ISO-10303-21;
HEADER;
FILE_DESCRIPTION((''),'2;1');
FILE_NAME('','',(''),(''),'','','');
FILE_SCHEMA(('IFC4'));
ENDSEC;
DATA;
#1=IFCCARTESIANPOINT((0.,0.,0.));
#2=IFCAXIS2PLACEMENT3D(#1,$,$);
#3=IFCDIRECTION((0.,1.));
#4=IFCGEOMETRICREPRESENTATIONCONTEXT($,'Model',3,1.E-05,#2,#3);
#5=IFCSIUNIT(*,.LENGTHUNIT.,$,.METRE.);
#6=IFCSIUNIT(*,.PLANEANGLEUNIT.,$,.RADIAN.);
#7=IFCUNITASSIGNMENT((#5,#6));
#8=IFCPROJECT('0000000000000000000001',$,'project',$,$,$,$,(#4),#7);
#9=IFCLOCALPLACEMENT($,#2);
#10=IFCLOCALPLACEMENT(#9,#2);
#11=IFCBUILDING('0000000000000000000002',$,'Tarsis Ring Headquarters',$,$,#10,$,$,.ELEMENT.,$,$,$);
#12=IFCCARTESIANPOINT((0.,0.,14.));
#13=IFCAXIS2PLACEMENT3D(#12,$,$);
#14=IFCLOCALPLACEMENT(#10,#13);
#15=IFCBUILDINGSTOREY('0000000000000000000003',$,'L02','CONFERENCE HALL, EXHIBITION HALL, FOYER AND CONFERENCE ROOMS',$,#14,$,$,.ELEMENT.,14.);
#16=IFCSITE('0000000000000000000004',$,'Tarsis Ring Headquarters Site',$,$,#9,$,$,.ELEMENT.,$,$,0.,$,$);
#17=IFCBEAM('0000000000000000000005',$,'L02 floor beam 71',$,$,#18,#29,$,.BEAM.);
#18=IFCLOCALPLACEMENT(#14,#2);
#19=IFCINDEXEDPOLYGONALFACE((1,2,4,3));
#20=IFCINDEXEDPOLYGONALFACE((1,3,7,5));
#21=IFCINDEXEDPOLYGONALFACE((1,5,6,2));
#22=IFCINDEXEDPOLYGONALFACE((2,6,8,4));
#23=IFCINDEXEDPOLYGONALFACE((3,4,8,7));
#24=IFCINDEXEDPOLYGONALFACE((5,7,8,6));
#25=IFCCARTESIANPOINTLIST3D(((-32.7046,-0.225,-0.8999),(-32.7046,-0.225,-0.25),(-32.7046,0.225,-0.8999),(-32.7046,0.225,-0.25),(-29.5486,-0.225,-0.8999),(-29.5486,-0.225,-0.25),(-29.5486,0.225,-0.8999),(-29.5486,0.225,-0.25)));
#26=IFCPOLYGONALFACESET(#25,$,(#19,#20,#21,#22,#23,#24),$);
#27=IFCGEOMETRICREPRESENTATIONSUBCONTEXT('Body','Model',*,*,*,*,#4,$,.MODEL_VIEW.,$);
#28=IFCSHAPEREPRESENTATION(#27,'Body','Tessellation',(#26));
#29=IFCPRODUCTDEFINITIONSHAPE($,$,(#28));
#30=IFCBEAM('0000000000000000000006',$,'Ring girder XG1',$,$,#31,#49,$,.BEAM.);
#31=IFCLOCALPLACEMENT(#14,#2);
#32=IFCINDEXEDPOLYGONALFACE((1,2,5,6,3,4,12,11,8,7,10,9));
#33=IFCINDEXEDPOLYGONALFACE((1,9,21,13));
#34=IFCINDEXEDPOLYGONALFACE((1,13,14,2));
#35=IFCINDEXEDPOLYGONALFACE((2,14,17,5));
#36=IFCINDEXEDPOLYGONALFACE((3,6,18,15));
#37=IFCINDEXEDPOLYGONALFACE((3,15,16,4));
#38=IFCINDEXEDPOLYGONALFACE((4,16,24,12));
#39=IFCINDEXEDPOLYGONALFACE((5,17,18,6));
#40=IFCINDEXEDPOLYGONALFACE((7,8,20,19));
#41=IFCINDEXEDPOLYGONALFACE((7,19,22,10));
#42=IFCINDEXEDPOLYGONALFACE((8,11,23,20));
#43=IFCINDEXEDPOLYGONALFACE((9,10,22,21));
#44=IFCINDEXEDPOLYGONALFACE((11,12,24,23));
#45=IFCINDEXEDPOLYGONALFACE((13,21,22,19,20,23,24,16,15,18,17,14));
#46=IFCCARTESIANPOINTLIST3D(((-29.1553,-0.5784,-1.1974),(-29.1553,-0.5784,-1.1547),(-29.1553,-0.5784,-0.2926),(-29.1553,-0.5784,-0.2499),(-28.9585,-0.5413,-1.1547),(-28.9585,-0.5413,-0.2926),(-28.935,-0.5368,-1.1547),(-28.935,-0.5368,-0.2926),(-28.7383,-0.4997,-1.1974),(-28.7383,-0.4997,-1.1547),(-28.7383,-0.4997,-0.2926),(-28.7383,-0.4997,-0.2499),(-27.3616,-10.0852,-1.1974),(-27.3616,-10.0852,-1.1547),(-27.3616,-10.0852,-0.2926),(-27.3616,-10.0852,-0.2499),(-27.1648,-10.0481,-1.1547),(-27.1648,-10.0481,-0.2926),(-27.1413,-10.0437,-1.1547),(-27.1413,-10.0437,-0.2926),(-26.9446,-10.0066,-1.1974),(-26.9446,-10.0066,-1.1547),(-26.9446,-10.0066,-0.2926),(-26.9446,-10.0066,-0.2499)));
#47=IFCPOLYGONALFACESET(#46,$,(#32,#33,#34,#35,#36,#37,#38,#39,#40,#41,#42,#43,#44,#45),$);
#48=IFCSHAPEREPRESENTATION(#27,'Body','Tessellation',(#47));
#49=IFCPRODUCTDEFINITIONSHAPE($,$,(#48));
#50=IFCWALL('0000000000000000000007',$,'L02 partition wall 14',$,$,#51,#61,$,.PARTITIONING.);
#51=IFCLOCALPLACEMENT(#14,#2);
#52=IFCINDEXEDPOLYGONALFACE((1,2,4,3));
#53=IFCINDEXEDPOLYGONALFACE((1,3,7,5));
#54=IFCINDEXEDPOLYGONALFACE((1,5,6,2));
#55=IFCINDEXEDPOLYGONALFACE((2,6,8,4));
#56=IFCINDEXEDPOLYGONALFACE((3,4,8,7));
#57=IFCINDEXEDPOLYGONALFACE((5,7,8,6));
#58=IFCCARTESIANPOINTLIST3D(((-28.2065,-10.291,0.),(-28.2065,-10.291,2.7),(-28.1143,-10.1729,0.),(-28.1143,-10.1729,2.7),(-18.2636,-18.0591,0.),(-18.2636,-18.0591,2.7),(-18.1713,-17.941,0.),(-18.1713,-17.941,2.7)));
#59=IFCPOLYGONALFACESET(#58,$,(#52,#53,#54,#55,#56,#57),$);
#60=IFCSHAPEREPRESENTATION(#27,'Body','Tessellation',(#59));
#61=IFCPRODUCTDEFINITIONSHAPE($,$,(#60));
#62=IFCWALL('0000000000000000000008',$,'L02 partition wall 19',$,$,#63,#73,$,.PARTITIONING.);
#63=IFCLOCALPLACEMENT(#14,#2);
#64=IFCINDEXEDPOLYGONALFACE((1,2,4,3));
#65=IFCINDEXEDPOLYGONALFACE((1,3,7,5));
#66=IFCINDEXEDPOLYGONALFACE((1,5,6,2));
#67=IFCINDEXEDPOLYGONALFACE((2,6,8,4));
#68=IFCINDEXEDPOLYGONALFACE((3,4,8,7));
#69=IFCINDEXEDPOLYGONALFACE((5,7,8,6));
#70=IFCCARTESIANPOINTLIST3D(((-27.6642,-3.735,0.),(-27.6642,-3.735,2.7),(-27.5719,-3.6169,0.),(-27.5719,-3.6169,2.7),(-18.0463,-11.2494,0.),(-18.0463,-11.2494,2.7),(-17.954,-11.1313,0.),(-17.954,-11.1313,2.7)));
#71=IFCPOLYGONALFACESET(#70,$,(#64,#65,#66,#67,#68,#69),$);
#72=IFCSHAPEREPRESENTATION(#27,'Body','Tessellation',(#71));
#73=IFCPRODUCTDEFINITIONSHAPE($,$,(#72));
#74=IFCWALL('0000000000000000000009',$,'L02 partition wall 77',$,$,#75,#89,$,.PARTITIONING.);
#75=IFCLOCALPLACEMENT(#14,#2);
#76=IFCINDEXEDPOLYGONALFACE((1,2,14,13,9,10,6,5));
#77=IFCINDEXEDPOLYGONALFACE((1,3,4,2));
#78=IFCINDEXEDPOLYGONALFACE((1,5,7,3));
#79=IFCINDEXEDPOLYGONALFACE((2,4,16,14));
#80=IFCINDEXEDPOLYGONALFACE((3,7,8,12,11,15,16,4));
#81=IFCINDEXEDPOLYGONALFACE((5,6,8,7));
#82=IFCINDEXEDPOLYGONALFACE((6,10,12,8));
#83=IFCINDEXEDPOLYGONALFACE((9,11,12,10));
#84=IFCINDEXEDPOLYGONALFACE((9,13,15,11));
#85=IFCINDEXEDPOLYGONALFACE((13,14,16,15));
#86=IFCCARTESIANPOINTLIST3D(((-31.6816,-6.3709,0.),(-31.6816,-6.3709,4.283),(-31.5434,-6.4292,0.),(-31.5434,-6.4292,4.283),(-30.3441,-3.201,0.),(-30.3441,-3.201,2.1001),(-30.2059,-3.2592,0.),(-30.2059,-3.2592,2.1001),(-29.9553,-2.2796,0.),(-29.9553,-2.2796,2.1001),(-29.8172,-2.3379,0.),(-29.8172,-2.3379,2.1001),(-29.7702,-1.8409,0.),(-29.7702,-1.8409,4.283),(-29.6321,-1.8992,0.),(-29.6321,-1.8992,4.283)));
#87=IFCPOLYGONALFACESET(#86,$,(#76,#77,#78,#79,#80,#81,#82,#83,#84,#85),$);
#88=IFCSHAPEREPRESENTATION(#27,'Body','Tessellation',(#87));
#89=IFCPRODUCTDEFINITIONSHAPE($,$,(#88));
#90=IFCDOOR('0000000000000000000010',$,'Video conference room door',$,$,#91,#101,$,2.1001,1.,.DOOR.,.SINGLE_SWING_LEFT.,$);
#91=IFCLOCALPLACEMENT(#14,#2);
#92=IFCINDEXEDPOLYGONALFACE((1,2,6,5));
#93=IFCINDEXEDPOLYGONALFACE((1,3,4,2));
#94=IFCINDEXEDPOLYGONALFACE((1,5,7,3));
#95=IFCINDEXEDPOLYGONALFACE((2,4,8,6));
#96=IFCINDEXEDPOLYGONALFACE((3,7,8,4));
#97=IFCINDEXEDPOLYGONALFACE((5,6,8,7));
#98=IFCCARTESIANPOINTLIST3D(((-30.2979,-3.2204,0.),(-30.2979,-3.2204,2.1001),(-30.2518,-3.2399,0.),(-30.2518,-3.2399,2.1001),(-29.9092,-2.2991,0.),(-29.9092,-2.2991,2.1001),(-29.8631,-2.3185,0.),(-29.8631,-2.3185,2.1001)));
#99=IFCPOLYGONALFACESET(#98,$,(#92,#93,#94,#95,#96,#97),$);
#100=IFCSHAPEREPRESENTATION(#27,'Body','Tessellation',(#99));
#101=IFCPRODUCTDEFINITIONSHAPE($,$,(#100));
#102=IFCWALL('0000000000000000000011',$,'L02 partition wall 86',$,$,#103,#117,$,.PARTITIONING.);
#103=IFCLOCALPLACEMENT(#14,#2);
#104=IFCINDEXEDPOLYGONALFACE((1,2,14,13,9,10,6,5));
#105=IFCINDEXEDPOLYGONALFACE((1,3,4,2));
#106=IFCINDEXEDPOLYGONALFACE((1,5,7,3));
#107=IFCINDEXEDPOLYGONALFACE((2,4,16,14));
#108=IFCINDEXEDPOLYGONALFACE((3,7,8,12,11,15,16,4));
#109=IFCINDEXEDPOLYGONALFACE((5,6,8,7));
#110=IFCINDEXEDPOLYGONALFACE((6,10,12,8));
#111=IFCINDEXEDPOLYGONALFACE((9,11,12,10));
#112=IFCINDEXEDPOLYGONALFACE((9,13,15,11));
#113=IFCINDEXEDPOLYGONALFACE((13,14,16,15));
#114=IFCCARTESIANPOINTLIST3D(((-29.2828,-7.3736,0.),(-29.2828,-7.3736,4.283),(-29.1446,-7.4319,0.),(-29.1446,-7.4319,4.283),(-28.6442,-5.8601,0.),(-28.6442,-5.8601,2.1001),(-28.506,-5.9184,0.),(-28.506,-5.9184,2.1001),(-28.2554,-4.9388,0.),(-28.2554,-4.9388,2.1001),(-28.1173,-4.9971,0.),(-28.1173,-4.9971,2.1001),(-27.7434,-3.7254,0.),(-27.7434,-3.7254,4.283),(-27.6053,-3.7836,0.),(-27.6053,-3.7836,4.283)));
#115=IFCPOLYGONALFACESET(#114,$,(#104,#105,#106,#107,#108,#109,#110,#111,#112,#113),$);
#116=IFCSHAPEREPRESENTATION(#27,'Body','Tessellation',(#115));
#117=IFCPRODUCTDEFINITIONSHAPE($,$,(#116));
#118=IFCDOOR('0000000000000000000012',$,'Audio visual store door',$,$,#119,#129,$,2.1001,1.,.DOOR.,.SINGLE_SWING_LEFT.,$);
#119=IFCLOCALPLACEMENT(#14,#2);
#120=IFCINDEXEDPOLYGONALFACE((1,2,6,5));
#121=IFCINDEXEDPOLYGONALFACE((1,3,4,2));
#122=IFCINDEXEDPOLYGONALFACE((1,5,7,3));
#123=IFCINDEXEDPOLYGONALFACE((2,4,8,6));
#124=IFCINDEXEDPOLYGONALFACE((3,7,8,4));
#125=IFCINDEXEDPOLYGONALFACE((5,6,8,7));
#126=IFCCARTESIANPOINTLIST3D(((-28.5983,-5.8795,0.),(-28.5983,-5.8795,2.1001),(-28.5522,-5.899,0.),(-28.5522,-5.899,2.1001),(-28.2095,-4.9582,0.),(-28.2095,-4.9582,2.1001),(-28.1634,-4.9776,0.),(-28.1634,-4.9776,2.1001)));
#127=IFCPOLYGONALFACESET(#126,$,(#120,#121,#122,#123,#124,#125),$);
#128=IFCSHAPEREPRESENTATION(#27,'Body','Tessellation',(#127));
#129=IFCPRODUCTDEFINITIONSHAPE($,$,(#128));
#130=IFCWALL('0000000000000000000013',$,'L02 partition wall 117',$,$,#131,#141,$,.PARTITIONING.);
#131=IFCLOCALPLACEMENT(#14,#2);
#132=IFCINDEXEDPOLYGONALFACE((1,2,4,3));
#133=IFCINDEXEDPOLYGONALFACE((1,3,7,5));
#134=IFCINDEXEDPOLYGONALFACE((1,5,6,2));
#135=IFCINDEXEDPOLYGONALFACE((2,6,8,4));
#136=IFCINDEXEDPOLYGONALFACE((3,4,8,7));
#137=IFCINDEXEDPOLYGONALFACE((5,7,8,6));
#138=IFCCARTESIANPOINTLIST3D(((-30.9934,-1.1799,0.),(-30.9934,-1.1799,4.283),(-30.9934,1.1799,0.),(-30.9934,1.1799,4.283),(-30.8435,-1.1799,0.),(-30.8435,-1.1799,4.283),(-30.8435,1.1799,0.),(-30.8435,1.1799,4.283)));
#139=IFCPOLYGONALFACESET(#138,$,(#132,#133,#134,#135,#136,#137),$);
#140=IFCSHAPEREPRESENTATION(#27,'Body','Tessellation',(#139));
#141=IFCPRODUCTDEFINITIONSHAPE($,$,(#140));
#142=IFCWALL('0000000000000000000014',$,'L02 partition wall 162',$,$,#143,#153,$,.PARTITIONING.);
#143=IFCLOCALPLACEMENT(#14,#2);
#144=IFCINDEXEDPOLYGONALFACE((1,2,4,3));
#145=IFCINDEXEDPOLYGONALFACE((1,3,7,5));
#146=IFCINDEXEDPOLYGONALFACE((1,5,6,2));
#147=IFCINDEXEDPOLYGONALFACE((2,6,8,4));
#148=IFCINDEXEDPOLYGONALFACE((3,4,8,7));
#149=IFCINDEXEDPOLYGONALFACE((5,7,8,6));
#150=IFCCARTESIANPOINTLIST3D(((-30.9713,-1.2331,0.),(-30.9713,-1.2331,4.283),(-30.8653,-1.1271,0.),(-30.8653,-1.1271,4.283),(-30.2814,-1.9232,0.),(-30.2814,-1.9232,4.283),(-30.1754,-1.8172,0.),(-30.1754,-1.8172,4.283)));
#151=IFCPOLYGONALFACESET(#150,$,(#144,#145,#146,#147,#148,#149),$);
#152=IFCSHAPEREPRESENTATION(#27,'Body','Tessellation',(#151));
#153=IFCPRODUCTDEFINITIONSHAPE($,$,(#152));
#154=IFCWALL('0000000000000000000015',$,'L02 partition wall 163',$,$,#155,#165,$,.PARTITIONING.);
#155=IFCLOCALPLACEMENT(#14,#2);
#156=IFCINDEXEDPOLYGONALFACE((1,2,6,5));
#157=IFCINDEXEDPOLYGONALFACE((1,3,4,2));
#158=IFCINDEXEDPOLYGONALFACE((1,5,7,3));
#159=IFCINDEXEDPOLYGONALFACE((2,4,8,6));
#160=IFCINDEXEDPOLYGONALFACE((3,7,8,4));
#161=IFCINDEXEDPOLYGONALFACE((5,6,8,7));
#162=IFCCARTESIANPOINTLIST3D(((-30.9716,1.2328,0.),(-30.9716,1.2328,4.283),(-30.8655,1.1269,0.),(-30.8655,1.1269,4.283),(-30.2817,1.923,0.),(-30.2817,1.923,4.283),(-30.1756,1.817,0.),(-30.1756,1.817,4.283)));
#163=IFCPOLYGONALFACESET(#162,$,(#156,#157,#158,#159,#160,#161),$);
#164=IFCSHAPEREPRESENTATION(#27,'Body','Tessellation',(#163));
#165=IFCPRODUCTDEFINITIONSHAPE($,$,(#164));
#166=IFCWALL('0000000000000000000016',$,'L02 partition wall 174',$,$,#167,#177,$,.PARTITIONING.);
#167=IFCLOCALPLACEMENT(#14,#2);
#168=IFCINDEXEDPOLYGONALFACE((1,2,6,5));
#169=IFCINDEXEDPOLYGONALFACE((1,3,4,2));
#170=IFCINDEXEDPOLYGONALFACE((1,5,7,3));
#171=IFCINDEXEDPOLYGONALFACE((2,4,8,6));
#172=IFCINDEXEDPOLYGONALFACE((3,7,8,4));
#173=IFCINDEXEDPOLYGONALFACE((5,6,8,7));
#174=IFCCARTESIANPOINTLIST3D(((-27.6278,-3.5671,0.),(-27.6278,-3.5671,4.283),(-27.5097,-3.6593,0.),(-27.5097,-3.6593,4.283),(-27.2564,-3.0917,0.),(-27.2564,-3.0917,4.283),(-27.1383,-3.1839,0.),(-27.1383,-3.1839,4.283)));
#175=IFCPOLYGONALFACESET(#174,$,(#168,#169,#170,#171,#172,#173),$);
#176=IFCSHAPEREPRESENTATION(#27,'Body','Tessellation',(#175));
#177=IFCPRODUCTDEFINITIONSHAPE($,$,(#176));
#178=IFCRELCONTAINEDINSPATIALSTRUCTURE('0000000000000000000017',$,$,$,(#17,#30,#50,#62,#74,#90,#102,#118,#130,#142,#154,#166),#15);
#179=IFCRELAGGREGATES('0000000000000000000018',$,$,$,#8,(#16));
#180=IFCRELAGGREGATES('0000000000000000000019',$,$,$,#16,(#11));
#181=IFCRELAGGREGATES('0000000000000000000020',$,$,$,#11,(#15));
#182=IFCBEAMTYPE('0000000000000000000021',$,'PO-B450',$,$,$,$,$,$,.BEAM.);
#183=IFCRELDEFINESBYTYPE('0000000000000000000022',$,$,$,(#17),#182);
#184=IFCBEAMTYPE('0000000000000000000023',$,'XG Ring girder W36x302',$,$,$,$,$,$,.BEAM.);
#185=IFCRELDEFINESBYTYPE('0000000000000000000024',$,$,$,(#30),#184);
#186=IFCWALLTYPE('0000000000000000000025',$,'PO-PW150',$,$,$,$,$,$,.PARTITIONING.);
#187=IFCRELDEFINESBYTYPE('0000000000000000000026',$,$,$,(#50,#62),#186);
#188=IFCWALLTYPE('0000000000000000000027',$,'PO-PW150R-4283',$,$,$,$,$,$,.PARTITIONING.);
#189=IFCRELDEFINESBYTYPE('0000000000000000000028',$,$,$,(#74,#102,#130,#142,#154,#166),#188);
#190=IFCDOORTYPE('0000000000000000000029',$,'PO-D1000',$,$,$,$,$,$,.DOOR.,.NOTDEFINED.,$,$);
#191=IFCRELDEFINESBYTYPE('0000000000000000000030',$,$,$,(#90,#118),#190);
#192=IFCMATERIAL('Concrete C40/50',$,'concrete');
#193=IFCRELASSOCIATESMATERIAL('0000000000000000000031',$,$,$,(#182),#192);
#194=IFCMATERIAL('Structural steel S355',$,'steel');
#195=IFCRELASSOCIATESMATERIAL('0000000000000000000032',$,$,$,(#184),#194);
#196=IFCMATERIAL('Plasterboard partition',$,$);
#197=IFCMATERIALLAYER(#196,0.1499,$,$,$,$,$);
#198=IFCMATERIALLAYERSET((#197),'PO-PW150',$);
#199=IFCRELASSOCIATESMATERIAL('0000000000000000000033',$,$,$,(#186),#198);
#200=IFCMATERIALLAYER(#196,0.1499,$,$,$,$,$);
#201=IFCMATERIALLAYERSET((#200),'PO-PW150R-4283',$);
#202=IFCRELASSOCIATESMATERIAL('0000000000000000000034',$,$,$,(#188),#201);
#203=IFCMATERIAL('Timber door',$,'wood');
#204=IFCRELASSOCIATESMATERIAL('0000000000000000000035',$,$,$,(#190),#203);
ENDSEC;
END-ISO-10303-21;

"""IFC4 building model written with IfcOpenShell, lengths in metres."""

from ifc_helpers import new_model, si_unit, direction, frame, frame_2d, origin, origin_2d, place, context, subcontext, project, spatial, rectangle, i_section, extrude, material, layer, layer_set, material_profile, profile_set, type_object, element, fill, save


model = new_model("IFC4")

# Units and contexts
model_context = context("Model", 3, precision=1e-05, world=origin(), true_north=direction((0.0, 1.0)))
body_context = subcontext(model_context, "Body", "Model", "MODEL_VIEW")
ifc_project = project(units=[si_unit("LENGTHUNIT", "METRE"), si_unit("PLANEANGLEUNIT", "RADIAN")], contexts=[model_context])

# Site, building, storey
site_placement = place(None, origin())
site = spatial("IfcSite", under=ifc_project, at=site_placement, Name="Tarsis Ring Headquarters Site", CompositionType="ELEMENT", RefElevation=0.0)
building_placement = place(site_placement, origin())
building = spatial("IfcBuilding", under=site, at=building_placement, Name="Tarsis Ring Headquarters", CompositionType="ELEMENT")
storey_placement = place(building_placement, frame((0.0, 0.0, 14.0)))
storey = spatial("IfcBuildingStorey", under=building, at=storey_placement, Name="L02", Description="CONFERENCE HALL, EXHIBITION HALL, FOYER AND CONFERENCE ROOMS", CompositionType="ELEMENT", Elevation=14.0)

# Beams
ifc_material_1 = material(Name="Concrete C40/50", Category="concrete")
ifc_material_profile_1 = material_profile(ifc_material_1, rectangle(XDim=0.45, YDim=0.6499, at=origin_2d()), Name="PO-B450")
ifc_profile_set_1 = profile_set([ifc_material_profile_1], Name="Concrete C40/50")
beam_type_1 = type_object("IfcBeamType", Name="PO-B450", PredefinedType="BEAM", material=ifc_profile_set_1)
beam_1_placement = place(storey_placement, frame((-32.7046, 0.0, -0.575), z_axis=(1.0, 0.0, 0.0), x_axis=(0.0, 1.0, 0.0)))
element("IfcBeam", 1, at=beam_1_placement, inside=storey, type_object=beam_type_1, Name="L02 floor beam 71", PredefinedType="BEAM", context=body_context, shape_type="SweptSolid", body=[
    extrude(rectangle(XDim=0.45, YDim=0.6499, at=origin_2d()), origin(), (0.0, 0.0, 1.0), 3.156),
])
ifc_material_2 = material(Name="Structural steel S355", Category="steel")
ifc_material_profile_2 = material_profile(ifc_material_2, i_section(OverallWidth=0.4243, OverallDepth=0.9475, WebThickness=0.0239, FlangeThickness=0.0427, at=origin_2d()), Name="W36x302")
ifc_profile_set_2 = profile_set([ifc_material_profile_2], Name="Structural steel S355")
beam_type_2 = type_object("IfcBeamType", Name="XG Ring girder W36x302", PredefinedType="BEAM", material=ifc_profile_set_2)
beam_2_placement = place(storey_placement, frame((-28.9468, -0.5391, -0.7236), z_axis=(0.185404, -0.982662, 0.0), x_axis=(0.982662, 0.185404, 0.0)))
element("IfcBeam", 2, at=beam_2_placement, inside=storey, type_object=beam_type_2, Name="Ring girder XG1", PredefinedType="BEAM", context=body_context, shape_type="SweptSolid", body=[
    extrude(i_section(OverallWidth=0.4243, OverallDepth=0.9475, WebThickness=0.0239, FlangeThickness=0.0427, at=origin_2d()), origin(), (0.0, 0.0, 1.0), 9.6746),
])

# Walls
ifc_material_3 = material(Name="Plasterboard partition")
ifc_layer_1 = layer(ifc_material_3, 0.1499)
ifc_layer_set_1 = layer_set([ifc_layer_1], Name="PO-PW150")
wall_type_1 = type_object("IfcWallType", Name="PO-PW150", PredefinedType="PARTITIONING", material=ifc_layer_set_1)
wall_1_placement = place(storey_placement, frame((-28.1604, -10.2319, 0.0), z_axis=(0.0, 0.0, 1.0), x_axis=(0.788017, -0.615654, 0.0)))
element("IfcWall", 3, at=wall_1_placement, inside=storey, type_object=wall_type_1, Name="L02 partition wall 14", PredefinedType="PARTITIONING", context=body_context, shape_type="SweptSolid", body=[
    extrude(rectangle(XDim=12.6177, YDim=0.1499, at=frame_2d((6.3088, 0.0))), origin(), (0.0, 0.0, 1.0), 2.7),
])
wall_2_placement = place(storey_placement, frame((-27.6179, -3.676, 0.0), z_axis=(0.0, 0.0, 1.0), x_axis=(0.788008, -0.615665, 0.0)))
element("IfcWall", 4, at=wall_2_placement, inside=storey, type_object=wall_type_1, Name="L02 partition wall 19", PredefinedType="PARTITIONING", context=body_context, shape_type="SweptSolid", body=[
    extrude(rectangle(XDim=12.2053, YDim=0.1499, at=frame_2d((6.1025, 0.0))), origin(), (0.0, 0.0, 1.0), 2.7),
])

# Walls, openings, doors
ifc_layer_2 = layer(ifc_material_3, 0.1499)
ifc_layer_set_2 = layer_set([ifc_layer_2], Name="PO-PW150R-4283")
wall_type_2 = type_object("IfcWallType", Name="PO-PW150R-4283", PredefinedType="PARTITIONING", material=ifc_layer_set_2)
wall_3_placement = place(storey_placement, frame((-31.6125, -6.4001, 0.0), z_axis=(0.0, 0.0, 1.0), x_axis=(0.388747, 0.921344, 0.0)))
wall_3 = element("IfcWall", 5, at=wall_3_placement, inside=storey, type_object=wall_type_2, Name="L02 partition wall 77", PredefinedType="PARTITIONING", context=body_context, shape_type="SweptSolid", body=[
    extrude(rectangle(XDim=4.9167, YDim=0.1499, at=frame_2d((2.4585, 0.0))), origin(), (0.0, 0.0, 1.0), 4.283),
])
opening_1_placement = place(wall_3_placement, frame((3.4407, 0.0, 0.0)))
opening_1 = element("IfcOpeningElement", 6, at=opening_1_placement, cuts=wall_3, PredefinedType="OPENING", context=body_context, shape_type="SweptSolid", body=[
    extrude(rectangle(XDim=1.0, YDim=2.1001, at=frame_2d((0.5, 1.05))), frame((0.0, 0.085, 0.0), z_axis=(0.0, -1.0, 0.0), x_axis=(1.0, 0.0, 0.0)), (0.0, 0.0, 1.0), 0.1699),
])
ifc_material_4 = material(Name="Timber door", Category="wood")
door_type = type_object("IfcDoorType", Name="PO-D1000", OperationType="NOTDEFINED", PredefinedType="DOOR", material=ifc_material_4)
door_1_placement = place(opening_1_placement, origin())
door_1 = element("IfcDoor", 7, at=door_1_placement, inside=storey, type_object=door_type, Name="Video conference room door", OperationType="SINGLE_SWING_LEFT", OverallHeight=2.1001, OverallWidth=1.0, PredefinedType="DOOR", context=body_context, shape_type="SweptSolid", body=[
    extrude(rectangle(XDim=1.0, YDim=2.1001, at=frame_2d((0.5, 1.05))), frame((0.0, 0.0249, 0.0), z_axis=(0.0, -1.0, 0.0), x_axis=(1.0, 0.0, 0.0)), (0.0, 0.0, 1.0), 0.05),
])
fill(opening_1, door_1)
wall_4_placement = place(storey_placement, frame((-27.6743, -3.7544, 0.0), z_axis=(0.0, 0.0, 1.0), x_axis=(-0.388749, -0.921344, 0.0)))
wall_4 = element("IfcWall", 8, at=wall_4_placement, inside=storey, type_object=wall_type_2, Name="L02 partition wall 86", PredefinedType="PARTITIONING", context=body_context, shape_type="SweptSolid", body=[
    extrude(rectangle(XDim=3.9597, YDim=0.1499, at=frame_2d((1.98, 0.0))), origin(), (0.0, 0.0, 1.0), 4.283),
])
opening_2_placement = place(wall_4_placement, frame((1.3171, 0.0, 0.0)))
opening_2 = element("IfcOpeningElement", 9, at=opening_2_placement, cuts=wall_4, PredefinedType="OPENING", context=body_context, shape_type="SweptSolid", body=[
    extrude(rectangle(XDim=1.0, YDim=2.1001, at=frame_2d((0.5, 1.05))), frame((0.0, 0.085, 0.0), z_axis=(0.0, -1.0, 0.0), x_axis=(1.0, 0.0, 0.0)), (0.0, 0.0, 1.0), 0.1699),
])
door_2_placement = place(opening_2_placement, origin())
door_2 = element("IfcDoor", 10, at=door_2_placement, inside=storey, type_object=door_type, Name="Audio visual store door", OperationType="SINGLE_SWING_LEFT", OverallHeight=2.1001, OverallWidth=1.0, PredefinedType="DOOR", context=body_context, shape_type="SweptSolid", body=[
    extrude(rectangle(XDim=1.0, YDim=2.1001, at=frame_2d((0.5, 1.05))), frame((0.0, 0.0249, 0.0), z_axis=(0.0, -1.0, 0.0), x_axis=(1.0, 0.0, 0.0)), (0.0, 0.0, 1.0), 0.05),
])
fill(opening_2, door_2)

# Walls
wall_5_placement = place(storey_placement, frame((-30.9185, -1.1799, 0.0), z_axis=(0.0, 0.0, 1.0), x_axis=(0.0, 1.0, 0.0)))
element("IfcWall", 11, at=wall_5_placement, inside=storey, type_object=wall_type_2, Name="L02 partition wall 117", PredefinedType="PARTITIONING", context=body_context, shape_type="SweptSolid", body=[
    extrude(rectangle(XDim=2.3599, YDim=0.1499, at=frame_2d((1.1799, 0.0))), origin(), (0.0, 0.0, 1.0), 4.283),
])
for number, where, z_axis, x_axis, name in (
    (12, (-30.2285, -1.8701, 0.0), (0.0, 0.0, 1.0), (-0.706982, 0.707232, 0.0), "L02 partition wall 162"),
    (13, (-30.9185, 1.1799, 0.0), (0.0, 0.0, 1.0), (0.706982, 0.707232, 0.0), "L02 partition wall 163"),
):
    element("IfcWall", number, at=place(storey_placement, frame(where, z_axis=z_axis, x_axis=x_axis)), inside=storey, type_object=wall_type_2, Name=name, PredefinedType="PARTITIONING", context=body_context, shape_type="SweptSolid", body=[
        extrude(rectangle(XDim=0.9758, YDim=0.1499, at=frame_2d((0.4878, 0.0))), origin(), (0.0, 0.0, 1.0), 4.283),
    ])
wall_6_placement = place(storey_placement, frame((-27.1973, -3.1377, 0.0), z_axis=(0.0, 0.0, 1.0), x_axis=(-0.61562, -0.788043, 0.0)))
element("IfcWall", 14, at=wall_6_placement, inside=storey, type_object=wall_type_2, Name="L02 partition wall 174", PredefinedType="PARTITIONING", context=body_context, shape_type="SweptSolid", body=[
    extrude(rectangle(XDim=0.6033, YDim=0.1499, at=frame_2d((0.3018, 0.0))), origin(), (0.0, 0.0, 1.0), 4.283),
])

save(model, "model.ifc")
